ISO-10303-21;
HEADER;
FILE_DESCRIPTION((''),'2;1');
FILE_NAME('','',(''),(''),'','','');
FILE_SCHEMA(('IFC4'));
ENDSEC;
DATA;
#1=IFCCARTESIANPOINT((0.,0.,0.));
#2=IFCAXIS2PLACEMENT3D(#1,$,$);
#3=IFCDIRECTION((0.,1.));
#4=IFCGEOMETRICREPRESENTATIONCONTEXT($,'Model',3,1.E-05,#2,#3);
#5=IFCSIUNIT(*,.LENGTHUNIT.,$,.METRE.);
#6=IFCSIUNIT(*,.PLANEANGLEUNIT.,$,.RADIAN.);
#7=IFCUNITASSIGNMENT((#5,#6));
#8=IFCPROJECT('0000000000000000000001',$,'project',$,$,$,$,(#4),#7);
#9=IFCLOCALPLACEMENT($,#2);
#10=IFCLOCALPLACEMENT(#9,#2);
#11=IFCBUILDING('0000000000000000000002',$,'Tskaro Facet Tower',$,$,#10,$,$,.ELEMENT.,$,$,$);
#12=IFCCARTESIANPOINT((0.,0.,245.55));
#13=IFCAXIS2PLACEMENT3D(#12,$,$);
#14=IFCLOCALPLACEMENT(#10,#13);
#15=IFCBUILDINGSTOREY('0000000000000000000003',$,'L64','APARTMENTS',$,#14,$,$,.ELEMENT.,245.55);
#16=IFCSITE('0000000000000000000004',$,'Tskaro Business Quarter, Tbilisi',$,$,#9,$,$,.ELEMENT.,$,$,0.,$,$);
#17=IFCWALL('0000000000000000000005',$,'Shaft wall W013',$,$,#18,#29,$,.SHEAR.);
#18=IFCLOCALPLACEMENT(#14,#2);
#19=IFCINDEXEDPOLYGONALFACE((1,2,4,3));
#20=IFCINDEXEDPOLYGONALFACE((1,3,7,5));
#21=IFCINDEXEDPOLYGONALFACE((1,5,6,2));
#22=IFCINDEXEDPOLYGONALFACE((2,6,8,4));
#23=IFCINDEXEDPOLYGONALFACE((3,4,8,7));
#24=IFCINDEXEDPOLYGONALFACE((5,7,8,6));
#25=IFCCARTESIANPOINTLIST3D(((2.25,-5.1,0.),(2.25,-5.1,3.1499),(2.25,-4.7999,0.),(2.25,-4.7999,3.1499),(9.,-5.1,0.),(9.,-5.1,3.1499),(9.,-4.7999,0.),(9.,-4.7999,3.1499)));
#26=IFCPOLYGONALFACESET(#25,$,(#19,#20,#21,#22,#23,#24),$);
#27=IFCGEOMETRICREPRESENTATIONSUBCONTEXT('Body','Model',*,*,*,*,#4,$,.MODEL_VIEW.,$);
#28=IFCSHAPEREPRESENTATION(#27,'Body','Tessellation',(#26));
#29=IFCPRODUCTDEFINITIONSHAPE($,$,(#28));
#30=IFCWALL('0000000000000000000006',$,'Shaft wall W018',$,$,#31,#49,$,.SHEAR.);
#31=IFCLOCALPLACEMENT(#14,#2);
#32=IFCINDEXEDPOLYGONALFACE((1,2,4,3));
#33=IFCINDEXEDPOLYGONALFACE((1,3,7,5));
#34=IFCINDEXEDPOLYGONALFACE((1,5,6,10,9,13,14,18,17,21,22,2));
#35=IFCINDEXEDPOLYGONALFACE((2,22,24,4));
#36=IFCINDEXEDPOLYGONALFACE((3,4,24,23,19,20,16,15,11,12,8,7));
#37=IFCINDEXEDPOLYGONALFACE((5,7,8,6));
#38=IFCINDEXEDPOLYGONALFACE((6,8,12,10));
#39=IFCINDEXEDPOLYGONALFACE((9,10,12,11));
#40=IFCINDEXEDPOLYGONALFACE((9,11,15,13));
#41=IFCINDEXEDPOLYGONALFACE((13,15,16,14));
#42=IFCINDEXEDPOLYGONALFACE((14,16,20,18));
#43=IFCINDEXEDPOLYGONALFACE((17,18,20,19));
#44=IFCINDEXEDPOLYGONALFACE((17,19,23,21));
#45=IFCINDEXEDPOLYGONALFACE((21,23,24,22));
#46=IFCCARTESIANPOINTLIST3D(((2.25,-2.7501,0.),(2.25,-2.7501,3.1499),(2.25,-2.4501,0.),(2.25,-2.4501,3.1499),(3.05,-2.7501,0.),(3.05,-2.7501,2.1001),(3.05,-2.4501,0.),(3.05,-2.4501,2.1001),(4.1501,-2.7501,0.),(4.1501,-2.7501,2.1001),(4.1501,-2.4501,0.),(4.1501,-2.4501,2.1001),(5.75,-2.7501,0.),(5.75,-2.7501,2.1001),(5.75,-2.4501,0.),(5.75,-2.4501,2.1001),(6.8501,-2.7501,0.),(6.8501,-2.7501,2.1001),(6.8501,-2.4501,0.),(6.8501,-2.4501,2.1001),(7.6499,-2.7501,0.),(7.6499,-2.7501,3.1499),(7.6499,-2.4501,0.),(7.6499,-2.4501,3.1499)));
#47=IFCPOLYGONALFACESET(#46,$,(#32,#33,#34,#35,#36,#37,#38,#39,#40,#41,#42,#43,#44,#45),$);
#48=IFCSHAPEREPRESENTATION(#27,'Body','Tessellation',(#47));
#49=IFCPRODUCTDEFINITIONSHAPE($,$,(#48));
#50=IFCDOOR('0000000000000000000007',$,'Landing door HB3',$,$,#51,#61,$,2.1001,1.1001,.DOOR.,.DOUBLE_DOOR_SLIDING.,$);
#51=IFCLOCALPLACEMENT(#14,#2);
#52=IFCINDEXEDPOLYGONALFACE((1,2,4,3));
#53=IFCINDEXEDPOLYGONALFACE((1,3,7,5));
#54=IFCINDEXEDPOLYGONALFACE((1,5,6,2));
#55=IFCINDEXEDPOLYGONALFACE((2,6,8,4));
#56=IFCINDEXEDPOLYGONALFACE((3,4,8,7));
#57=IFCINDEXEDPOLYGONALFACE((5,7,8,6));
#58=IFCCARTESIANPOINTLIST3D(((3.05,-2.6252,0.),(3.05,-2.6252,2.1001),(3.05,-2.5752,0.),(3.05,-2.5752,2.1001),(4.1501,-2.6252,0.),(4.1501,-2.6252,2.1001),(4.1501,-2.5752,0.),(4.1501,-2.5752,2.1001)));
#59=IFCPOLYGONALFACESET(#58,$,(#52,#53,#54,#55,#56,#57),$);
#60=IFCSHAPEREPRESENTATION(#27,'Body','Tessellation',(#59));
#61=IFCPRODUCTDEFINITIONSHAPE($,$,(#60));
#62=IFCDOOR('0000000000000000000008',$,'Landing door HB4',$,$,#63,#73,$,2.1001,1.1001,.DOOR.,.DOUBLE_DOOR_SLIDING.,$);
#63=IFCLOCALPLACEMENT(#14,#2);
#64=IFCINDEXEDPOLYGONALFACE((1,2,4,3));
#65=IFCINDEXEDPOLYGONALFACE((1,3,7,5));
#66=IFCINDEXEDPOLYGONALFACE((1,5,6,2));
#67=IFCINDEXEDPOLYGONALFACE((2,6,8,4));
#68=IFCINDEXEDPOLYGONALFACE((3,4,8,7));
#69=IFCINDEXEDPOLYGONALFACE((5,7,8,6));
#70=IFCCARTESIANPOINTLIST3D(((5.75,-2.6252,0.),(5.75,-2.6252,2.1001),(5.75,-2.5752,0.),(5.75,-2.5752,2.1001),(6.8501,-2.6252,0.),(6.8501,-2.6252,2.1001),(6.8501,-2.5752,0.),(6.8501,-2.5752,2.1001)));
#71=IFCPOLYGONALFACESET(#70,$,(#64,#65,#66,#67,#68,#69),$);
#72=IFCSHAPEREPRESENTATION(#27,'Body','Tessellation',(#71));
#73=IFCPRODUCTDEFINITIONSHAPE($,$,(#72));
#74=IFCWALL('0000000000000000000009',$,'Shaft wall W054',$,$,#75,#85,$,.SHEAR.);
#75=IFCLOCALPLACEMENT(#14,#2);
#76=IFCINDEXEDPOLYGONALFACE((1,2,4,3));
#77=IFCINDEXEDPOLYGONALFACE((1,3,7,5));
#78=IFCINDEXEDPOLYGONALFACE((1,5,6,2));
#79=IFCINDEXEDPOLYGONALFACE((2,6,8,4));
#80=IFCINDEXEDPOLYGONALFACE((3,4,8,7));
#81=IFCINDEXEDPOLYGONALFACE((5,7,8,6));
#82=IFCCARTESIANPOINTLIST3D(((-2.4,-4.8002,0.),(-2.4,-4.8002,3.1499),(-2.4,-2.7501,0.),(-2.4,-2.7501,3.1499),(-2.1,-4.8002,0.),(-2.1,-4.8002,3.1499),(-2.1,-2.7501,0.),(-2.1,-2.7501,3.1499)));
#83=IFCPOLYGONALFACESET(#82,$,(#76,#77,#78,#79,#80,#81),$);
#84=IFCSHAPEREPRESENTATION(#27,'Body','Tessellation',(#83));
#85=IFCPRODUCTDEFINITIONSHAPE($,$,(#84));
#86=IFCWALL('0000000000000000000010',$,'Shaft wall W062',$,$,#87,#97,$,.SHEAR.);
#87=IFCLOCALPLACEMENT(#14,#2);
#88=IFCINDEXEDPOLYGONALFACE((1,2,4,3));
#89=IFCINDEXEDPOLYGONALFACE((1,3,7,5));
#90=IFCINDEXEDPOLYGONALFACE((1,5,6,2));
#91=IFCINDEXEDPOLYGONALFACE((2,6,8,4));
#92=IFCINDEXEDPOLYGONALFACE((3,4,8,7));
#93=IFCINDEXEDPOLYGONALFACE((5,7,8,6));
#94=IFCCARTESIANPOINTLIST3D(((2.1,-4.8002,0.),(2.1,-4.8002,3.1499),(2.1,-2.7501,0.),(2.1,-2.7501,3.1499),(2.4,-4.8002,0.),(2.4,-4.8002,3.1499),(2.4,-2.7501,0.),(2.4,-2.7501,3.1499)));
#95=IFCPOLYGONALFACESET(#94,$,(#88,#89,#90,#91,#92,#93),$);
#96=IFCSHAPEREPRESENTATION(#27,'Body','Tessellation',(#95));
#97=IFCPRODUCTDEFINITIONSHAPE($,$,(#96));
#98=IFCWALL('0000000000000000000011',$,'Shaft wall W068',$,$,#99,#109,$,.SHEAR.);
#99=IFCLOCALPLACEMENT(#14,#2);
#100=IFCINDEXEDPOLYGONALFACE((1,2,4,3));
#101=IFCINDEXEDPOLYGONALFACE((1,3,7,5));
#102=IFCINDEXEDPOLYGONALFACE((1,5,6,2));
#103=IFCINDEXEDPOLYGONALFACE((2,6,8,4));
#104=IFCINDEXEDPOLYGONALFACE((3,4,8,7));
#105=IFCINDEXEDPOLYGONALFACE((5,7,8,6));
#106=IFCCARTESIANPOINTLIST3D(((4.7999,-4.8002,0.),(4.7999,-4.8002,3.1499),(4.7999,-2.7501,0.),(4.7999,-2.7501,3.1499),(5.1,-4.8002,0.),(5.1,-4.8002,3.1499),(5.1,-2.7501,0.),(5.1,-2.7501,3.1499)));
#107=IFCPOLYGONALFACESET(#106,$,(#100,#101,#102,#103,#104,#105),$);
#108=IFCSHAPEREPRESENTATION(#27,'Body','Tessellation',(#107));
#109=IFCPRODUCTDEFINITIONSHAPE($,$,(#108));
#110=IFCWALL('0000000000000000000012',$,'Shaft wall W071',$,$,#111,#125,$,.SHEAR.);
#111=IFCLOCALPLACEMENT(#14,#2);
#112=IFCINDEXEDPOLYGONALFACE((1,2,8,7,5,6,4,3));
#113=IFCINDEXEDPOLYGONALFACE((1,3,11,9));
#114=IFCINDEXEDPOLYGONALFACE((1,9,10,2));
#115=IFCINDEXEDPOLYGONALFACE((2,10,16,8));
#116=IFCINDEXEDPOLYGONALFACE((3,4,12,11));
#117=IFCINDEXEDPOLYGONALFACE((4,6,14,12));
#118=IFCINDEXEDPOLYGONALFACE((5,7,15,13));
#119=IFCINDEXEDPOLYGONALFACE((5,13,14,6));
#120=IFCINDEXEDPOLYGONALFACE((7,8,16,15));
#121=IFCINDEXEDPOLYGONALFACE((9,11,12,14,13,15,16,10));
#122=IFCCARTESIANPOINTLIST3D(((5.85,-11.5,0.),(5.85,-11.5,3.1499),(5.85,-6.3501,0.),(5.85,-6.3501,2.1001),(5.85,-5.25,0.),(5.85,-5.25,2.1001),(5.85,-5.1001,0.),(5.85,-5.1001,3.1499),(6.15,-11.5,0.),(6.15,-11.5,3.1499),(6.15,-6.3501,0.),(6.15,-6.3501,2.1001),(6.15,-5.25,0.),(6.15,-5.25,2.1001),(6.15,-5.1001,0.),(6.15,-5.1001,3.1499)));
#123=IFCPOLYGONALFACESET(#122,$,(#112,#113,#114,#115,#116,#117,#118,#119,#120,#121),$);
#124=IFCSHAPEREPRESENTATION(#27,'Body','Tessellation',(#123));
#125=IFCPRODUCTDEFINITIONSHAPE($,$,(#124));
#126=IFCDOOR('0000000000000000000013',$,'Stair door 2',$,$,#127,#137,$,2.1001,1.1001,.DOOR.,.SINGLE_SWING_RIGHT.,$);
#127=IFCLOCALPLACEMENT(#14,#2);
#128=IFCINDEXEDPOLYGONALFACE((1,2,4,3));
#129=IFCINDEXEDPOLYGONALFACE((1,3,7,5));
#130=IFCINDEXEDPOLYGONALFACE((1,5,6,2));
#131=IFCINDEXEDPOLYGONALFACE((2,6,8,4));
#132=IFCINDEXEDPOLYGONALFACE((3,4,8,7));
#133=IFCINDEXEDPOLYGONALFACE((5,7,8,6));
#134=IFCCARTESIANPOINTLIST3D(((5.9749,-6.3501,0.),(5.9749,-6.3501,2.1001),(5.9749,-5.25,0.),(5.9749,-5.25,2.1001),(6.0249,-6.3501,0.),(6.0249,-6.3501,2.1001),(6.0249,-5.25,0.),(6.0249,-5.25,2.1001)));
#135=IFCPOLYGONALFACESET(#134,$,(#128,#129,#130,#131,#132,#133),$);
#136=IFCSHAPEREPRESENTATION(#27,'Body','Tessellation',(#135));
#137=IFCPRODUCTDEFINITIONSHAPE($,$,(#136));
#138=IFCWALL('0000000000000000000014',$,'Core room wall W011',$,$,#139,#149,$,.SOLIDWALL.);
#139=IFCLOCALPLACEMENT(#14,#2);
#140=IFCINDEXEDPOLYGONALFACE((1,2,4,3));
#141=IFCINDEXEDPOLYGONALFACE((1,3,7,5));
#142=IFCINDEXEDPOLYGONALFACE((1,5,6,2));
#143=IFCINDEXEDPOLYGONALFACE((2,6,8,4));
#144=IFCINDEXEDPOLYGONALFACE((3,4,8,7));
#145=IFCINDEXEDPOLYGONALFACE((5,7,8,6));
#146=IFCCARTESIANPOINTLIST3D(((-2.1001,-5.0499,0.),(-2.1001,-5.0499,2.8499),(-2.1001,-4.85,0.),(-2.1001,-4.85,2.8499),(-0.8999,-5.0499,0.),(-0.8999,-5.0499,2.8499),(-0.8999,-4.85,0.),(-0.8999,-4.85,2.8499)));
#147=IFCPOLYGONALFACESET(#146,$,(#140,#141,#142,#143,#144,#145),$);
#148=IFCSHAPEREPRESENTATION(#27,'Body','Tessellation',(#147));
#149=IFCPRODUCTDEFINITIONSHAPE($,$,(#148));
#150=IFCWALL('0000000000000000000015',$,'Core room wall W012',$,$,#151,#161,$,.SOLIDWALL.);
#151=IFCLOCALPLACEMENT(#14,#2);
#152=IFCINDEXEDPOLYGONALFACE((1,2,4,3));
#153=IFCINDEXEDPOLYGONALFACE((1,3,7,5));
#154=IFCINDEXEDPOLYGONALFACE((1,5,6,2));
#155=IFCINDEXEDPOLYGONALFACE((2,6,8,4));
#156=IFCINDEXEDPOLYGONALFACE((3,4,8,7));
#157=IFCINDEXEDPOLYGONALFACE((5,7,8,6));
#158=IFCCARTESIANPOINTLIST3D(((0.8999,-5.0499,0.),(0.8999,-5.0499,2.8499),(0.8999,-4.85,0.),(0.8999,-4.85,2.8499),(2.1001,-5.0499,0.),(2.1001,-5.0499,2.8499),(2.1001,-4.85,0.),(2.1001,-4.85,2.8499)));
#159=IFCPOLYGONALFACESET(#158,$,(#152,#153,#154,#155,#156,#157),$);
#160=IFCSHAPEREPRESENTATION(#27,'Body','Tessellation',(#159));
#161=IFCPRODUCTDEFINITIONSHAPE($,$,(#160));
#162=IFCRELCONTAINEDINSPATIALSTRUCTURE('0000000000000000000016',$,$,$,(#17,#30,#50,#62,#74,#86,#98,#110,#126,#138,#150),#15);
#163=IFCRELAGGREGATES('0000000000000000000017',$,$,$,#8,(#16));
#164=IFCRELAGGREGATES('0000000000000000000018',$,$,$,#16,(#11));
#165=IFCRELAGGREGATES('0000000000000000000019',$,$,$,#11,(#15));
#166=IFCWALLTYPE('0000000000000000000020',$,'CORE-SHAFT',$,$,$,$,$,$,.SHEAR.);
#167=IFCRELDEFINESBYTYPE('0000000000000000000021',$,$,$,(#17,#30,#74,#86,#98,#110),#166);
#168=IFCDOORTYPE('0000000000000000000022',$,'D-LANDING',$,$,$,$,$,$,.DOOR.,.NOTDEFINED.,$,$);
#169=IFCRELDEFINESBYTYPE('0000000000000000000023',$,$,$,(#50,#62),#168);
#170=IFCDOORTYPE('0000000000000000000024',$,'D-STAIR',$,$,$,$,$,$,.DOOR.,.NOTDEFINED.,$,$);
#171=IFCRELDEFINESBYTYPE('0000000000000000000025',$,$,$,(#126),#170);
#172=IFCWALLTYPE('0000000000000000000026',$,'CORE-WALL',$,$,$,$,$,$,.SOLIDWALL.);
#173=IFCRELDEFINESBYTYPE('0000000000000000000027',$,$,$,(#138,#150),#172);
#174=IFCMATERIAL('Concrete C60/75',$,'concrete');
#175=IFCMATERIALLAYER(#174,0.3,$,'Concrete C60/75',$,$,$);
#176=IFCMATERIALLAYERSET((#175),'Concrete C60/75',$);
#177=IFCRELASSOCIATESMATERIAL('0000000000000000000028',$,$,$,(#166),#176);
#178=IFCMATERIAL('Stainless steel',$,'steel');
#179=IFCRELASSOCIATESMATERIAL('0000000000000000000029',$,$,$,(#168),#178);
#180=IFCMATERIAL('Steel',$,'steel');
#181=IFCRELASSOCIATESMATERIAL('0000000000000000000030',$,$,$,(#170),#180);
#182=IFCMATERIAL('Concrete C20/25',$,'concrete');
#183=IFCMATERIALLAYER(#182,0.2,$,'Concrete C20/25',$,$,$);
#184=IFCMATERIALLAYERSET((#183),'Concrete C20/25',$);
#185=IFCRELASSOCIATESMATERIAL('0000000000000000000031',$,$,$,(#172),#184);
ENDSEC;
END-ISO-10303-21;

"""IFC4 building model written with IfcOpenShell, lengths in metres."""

from ifc_helpers import new_model, si_unit, direction, frame, frame_2d, origin, place, context, subcontext, project, spatial, rectangle, extrude, material, layer, layer_set, type_object, element, fill, save


model = new_model("IFC4")

# Units and contexts
model_context = context("Model", 3, precision=1e-05, world=origin(), true_north=direction((0.0, 1.0)))
body_context = subcontext(model_context, "Body", "Model", "MODEL_VIEW")
ifc_project = project(units=[si_unit("LENGTHUNIT", "METRE"), si_unit("PLANEANGLEUNIT", "RADIAN")], contexts=[model_context])

# Site, building, storey
site_placement = place(None, origin())
site = spatial("IfcSite", under=ifc_project, at=site_placement, Name="Tskaro Business Quarter, Tbilisi", CompositionType="ELEMENT", RefElevation=0.0)
building_placement = place(site_placement, origin())
building = spatial("IfcBuilding", under=site, at=building_placement, Name="Tskaro Facet Tower", CompositionType="ELEMENT")
storey_placement = place(building_placement, frame((0.0, 0.0, 245.55)))
storey = spatial("IfcBuildingStorey", under=building, at=storey_placement, Name="L64", Description="APARTMENTS", CompositionType="ELEMENT", Elevation=245.55)

# Wall
ifc_material_1 = material(Name="Concrete C60/75", Category="concrete")
ifc_layer_1 = layer(ifc_material_1, 0.3, Name="Concrete C60/75")
ifc_layer_set_1 = layer_set([ifc_layer_1], Name="Concrete C60/75")
wall_type_1 = type_object("IfcWallType", Name="CORE-SHAFT", PredefinedType="SHEAR", material=ifc_layer_set_1)
wall_1_placement = place(storey_placement, frame((2.25, -4.95, 0.0), z_axis=(0.0, 0.0, 1.0), x_axis=(1.0, 0.0, 0.0)))
element("IfcWall", 1, at=wall_1_placement, inside=storey, type_object=wall_type_1, Name="Shaft wall W013", PredefinedType="SHEAR", context=body_context, shape_type="SweptSolid", body=[
    extrude(rectangle(XDim=6.75, YDim=0.3, at=frame_2d((3.375, 0.0))), origin(), (0.0, 0.0, 1.0), 3.1499),
])

# Wall, openings, doors
wall_2_placement = place(storey_placement, frame((2.25, -2.6001, 0.0), z_axis=(0.0, 0.0, 1.0), x_axis=(1.0, 0.0, 0.0)))
wall_2 = element("IfcWall", 2, at=wall_2_placement, inside=storey, type_object=wall_type_1, Name="Shaft wall W018", PredefinedType="SHEAR", context=body_context, shape_type="SweptSolid", body=[
    extrude(rectangle(XDim=5.3999, YDim=0.3, at=frame_2d((2.7, 0.0))), origin(), (0.0, 0.0, 1.0), 3.1499),
])
opening_1_placement = place(wall_2_placement, frame((0.8, 0.0, 0.0)))
opening_1 = element("IfcOpeningElement", 3, at=opening_1_placement, cuts=wall_2, PredefinedType="OPENING", context=body_context, shape_type="SweptSolid", body=[
    extrude(rectangle(XDim=1.1001, YDim=2.1001, at=frame_2d((0.55, 1.05))), frame((0.0, 0.1599, 0.0), z_axis=(0.0, -1.0, 0.0), x_axis=(1.0, 0.0, 0.0)), (0.0, 0.0, 1.0), 0.3201),
])
opening_2_placement = place(wall_2_placement, frame((3.5, 0.0, 0.0)))
opening_2 = element("IfcOpeningElement", 4, at=opening_2_placement, cuts=wall_2, PredefinedType="OPENING", context=body_context, shape_type="SweptSolid", body=[
    extrude(rectangle(XDim=1.1001, YDim=2.1001, at=frame_2d((0.55, 1.05))), frame((0.0, 0.1599, 0.0), z_axis=(0.0, -1.0, 0.0), x_axis=(1.0, 0.0, 0.0)), (0.0, 0.0, 1.0), 0.3201),
])
ifc_material_2 = material(Name="Stainless steel", Category="steel")
door_type_1 = type_object("IfcDoorType", Name="D-LANDING", OperationType="NOTDEFINED", PredefinedType="DOOR", material=ifc_material_2)
door_1_placement = place(opening_1_placement, origin())
door_1 = element("IfcDoor", 5, at=door_1_placement, inside=storey, type_object=door_type_1, Name="Landing door HB3", OperationType="DOUBLE_DOOR_SLIDING", OverallHeight=2.1001, OverallWidth=1.1001, PredefinedType="DOOR", context=body_context, shape_type="SweptSolid", body=[
    extrude(rectangle(XDim=1.1001, YDim=2.1001, at=frame_2d((0.55, 1.05))), frame((0.0, 0.0249, 0.0), z_axis=(0.0, -1.0, 0.0), x_axis=(1.0, 0.0, 0.0)), (0.0, 0.0, 1.0), 0.05),
])
fill(opening_1, door_1)
door_2_placement = place(opening_2_placement, origin())
door_2 = element("IfcDoor", 6, at=door_2_placement, inside=storey, type_object=door_type_1, Name="Landing door HB4", OperationType="DOUBLE_DOOR_SLIDING", OverallHeight=2.1001, OverallWidth=1.1001, PredefinedType="DOOR", context=body_context, shape_type="SweptSolid", body=[
    extrude(rectangle(XDim=1.1001, YDim=2.1001, at=frame_2d((0.55, 1.05))), frame((0.0, 0.0249, 0.0), z_axis=(0.0, -1.0, 0.0), x_axis=(1.0, 0.0, 0.0)), (0.0, 0.0, 1.0), 0.05),
])
fill(opening_2, door_2)

# Walls
for number, where, z_axis, x_axis, name in (
    (7, (-2.25, -4.8, 0.0), (0.0, 0.0, 1.0), (0.0, 1.0, 0.0), "Shaft wall W054"),
    (8, (2.25, -4.8, 0.0), (0.0, 0.0, 1.0), (0.0, 1.0, 0.0), "Shaft wall W062"),
    (9, (4.95, -4.8, 0.0), (0.0, 0.0, 1.0), (0.0, 1.0, 0.0), "Shaft wall W068"),
):
    element("IfcWall", number, at=place(storey_placement, frame(where, z_axis=z_axis, x_axis=x_axis)), inside=storey, type_object=wall_type_1, Name=name, PredefinedType="SHEAR", context=body_context, shape_type="SweptSolid", body=[
        extrude(rectangle(XDim=2.05, YDim=0.3, at=frame_2d((1.0249, 0.0))), origin(), (0.0, 0.0, 1.0), 3.1499),
    ])

# Wall, opening, door
wall_3_placement = place(storey_placement, frame((6.0, -5.1001, 0.0), z_axis=(0.0, 0.0, 1.0), x_axis=(0.0, -1.0, 0.0)))
wall_3 = element("IfcWall", 10, at=wall_3_placement, inside=storey, type_object=wall_type_1, Name="Shaft wall W071", PredefinedType="SHEAR", context=body_context, shape_type="SweptSolid", body=[
    extrude(rectangle(XDim=6.3999, YDim=0.3, at=frame_2d((3.2, 0.0))), origin(), (0.0, 0.0, 1.0), 3.1499),
])
opening_3_placement = place(wall_3_placement, frame((0.1499, 0.0, 0.0)))
opening_3 = element("IfcOpeningElement", 11, at=opening_3_placement, cuts=wall_3, PredefinedType="OPENING", context=body_context, shape_type="SweptSolid", body=[
    extrude(rectangle(XDim=1.1001, YDim=2.1001, at=frame_2d((0.55, 1.05))), frame((0.0, 0.1599, 0.0), z_axis=(0.0, -1.0, 0.0), x_axis=(1.0, 0.0, 0.0)), (0.0, 0.0, 1.0), 0.3201),
])
ifc_material_3 = material(Name="Steel", Category="steel")
door_type_2 = type_object("IfcDoorType", Name="D-STAIR", OperationType="NOTDEFINED", PredefinedType="DOOR", material=ifc_material_3)
door_3_placement = place(opening_3_placement, origin())
door_3 = element("IfcDoor", 12, at=door_3_placement, inside=storey, type_object=door_type_2, Name="Stair door 2", OperationType="SINGLE_SWING_RIGHT", OverallHeight=2.1001, OverallWidth=1.1001, PredefinedType="DOOR", context=body_context, shape_type="SweptSolid", body=[
    extrude(rectangle(XDim=1.1001, YDim=2.1001, at=frame_2d((0.55, 1.05))), frame((0.0, 0.0249, 0.0), z_axis=(0.0, -1.0, 0.0), x_axis=(1.0, 0.0, 0.0)), (0.0, 0.0, 1.0), 0.05),
])
fill(opening_3, door_3)

# Walls
ifc_material_4 = material(Name="Concrete C20/25", Category="concrete")
ifc_layer_2 = layer(ifc_material_4, 0.2, Name="Concrete C20/25")
ifc_layer_set_2 = layer_set([ifc_layer_2], Name="Concrete C20/25")
wall_type_2 = type_object("IfcWallType", Name="CORE-WALL", PredefinedType="SOLIDWALL", material=ifc_layer_set_2)
for number, where, z_axis, x_axis, name in (
    (13, (-2.1001, -4.95, 0.0), (0.0, 0.0, 1.0), (1.0, 0.0, 0.0), "Core room wall W011"),
    (14, (0.8999, -4.95, 0.0), (0.0, 0.0, 1.0), (1.0, 0.0, 0.0), "Core room wall W012"),
):
    element("IfcWall", number, at=place(storey_placement, frame(where, z_axis=z_axis, x_axis=x_axis)), inside=storey, type_object=wall_type_2, Name=name, PredefinedType="SOLIDWALL", context=body_context, shape_type="SweptSolid", body=[
        extrude(rectangle(XDim=1.2002, YDim=0.2, at=frame_2d((0.6001, 0.0))), origin(), (0.0, 0.0, 1.0), 2.8499),
    ])

save(model, "model.ifc")
